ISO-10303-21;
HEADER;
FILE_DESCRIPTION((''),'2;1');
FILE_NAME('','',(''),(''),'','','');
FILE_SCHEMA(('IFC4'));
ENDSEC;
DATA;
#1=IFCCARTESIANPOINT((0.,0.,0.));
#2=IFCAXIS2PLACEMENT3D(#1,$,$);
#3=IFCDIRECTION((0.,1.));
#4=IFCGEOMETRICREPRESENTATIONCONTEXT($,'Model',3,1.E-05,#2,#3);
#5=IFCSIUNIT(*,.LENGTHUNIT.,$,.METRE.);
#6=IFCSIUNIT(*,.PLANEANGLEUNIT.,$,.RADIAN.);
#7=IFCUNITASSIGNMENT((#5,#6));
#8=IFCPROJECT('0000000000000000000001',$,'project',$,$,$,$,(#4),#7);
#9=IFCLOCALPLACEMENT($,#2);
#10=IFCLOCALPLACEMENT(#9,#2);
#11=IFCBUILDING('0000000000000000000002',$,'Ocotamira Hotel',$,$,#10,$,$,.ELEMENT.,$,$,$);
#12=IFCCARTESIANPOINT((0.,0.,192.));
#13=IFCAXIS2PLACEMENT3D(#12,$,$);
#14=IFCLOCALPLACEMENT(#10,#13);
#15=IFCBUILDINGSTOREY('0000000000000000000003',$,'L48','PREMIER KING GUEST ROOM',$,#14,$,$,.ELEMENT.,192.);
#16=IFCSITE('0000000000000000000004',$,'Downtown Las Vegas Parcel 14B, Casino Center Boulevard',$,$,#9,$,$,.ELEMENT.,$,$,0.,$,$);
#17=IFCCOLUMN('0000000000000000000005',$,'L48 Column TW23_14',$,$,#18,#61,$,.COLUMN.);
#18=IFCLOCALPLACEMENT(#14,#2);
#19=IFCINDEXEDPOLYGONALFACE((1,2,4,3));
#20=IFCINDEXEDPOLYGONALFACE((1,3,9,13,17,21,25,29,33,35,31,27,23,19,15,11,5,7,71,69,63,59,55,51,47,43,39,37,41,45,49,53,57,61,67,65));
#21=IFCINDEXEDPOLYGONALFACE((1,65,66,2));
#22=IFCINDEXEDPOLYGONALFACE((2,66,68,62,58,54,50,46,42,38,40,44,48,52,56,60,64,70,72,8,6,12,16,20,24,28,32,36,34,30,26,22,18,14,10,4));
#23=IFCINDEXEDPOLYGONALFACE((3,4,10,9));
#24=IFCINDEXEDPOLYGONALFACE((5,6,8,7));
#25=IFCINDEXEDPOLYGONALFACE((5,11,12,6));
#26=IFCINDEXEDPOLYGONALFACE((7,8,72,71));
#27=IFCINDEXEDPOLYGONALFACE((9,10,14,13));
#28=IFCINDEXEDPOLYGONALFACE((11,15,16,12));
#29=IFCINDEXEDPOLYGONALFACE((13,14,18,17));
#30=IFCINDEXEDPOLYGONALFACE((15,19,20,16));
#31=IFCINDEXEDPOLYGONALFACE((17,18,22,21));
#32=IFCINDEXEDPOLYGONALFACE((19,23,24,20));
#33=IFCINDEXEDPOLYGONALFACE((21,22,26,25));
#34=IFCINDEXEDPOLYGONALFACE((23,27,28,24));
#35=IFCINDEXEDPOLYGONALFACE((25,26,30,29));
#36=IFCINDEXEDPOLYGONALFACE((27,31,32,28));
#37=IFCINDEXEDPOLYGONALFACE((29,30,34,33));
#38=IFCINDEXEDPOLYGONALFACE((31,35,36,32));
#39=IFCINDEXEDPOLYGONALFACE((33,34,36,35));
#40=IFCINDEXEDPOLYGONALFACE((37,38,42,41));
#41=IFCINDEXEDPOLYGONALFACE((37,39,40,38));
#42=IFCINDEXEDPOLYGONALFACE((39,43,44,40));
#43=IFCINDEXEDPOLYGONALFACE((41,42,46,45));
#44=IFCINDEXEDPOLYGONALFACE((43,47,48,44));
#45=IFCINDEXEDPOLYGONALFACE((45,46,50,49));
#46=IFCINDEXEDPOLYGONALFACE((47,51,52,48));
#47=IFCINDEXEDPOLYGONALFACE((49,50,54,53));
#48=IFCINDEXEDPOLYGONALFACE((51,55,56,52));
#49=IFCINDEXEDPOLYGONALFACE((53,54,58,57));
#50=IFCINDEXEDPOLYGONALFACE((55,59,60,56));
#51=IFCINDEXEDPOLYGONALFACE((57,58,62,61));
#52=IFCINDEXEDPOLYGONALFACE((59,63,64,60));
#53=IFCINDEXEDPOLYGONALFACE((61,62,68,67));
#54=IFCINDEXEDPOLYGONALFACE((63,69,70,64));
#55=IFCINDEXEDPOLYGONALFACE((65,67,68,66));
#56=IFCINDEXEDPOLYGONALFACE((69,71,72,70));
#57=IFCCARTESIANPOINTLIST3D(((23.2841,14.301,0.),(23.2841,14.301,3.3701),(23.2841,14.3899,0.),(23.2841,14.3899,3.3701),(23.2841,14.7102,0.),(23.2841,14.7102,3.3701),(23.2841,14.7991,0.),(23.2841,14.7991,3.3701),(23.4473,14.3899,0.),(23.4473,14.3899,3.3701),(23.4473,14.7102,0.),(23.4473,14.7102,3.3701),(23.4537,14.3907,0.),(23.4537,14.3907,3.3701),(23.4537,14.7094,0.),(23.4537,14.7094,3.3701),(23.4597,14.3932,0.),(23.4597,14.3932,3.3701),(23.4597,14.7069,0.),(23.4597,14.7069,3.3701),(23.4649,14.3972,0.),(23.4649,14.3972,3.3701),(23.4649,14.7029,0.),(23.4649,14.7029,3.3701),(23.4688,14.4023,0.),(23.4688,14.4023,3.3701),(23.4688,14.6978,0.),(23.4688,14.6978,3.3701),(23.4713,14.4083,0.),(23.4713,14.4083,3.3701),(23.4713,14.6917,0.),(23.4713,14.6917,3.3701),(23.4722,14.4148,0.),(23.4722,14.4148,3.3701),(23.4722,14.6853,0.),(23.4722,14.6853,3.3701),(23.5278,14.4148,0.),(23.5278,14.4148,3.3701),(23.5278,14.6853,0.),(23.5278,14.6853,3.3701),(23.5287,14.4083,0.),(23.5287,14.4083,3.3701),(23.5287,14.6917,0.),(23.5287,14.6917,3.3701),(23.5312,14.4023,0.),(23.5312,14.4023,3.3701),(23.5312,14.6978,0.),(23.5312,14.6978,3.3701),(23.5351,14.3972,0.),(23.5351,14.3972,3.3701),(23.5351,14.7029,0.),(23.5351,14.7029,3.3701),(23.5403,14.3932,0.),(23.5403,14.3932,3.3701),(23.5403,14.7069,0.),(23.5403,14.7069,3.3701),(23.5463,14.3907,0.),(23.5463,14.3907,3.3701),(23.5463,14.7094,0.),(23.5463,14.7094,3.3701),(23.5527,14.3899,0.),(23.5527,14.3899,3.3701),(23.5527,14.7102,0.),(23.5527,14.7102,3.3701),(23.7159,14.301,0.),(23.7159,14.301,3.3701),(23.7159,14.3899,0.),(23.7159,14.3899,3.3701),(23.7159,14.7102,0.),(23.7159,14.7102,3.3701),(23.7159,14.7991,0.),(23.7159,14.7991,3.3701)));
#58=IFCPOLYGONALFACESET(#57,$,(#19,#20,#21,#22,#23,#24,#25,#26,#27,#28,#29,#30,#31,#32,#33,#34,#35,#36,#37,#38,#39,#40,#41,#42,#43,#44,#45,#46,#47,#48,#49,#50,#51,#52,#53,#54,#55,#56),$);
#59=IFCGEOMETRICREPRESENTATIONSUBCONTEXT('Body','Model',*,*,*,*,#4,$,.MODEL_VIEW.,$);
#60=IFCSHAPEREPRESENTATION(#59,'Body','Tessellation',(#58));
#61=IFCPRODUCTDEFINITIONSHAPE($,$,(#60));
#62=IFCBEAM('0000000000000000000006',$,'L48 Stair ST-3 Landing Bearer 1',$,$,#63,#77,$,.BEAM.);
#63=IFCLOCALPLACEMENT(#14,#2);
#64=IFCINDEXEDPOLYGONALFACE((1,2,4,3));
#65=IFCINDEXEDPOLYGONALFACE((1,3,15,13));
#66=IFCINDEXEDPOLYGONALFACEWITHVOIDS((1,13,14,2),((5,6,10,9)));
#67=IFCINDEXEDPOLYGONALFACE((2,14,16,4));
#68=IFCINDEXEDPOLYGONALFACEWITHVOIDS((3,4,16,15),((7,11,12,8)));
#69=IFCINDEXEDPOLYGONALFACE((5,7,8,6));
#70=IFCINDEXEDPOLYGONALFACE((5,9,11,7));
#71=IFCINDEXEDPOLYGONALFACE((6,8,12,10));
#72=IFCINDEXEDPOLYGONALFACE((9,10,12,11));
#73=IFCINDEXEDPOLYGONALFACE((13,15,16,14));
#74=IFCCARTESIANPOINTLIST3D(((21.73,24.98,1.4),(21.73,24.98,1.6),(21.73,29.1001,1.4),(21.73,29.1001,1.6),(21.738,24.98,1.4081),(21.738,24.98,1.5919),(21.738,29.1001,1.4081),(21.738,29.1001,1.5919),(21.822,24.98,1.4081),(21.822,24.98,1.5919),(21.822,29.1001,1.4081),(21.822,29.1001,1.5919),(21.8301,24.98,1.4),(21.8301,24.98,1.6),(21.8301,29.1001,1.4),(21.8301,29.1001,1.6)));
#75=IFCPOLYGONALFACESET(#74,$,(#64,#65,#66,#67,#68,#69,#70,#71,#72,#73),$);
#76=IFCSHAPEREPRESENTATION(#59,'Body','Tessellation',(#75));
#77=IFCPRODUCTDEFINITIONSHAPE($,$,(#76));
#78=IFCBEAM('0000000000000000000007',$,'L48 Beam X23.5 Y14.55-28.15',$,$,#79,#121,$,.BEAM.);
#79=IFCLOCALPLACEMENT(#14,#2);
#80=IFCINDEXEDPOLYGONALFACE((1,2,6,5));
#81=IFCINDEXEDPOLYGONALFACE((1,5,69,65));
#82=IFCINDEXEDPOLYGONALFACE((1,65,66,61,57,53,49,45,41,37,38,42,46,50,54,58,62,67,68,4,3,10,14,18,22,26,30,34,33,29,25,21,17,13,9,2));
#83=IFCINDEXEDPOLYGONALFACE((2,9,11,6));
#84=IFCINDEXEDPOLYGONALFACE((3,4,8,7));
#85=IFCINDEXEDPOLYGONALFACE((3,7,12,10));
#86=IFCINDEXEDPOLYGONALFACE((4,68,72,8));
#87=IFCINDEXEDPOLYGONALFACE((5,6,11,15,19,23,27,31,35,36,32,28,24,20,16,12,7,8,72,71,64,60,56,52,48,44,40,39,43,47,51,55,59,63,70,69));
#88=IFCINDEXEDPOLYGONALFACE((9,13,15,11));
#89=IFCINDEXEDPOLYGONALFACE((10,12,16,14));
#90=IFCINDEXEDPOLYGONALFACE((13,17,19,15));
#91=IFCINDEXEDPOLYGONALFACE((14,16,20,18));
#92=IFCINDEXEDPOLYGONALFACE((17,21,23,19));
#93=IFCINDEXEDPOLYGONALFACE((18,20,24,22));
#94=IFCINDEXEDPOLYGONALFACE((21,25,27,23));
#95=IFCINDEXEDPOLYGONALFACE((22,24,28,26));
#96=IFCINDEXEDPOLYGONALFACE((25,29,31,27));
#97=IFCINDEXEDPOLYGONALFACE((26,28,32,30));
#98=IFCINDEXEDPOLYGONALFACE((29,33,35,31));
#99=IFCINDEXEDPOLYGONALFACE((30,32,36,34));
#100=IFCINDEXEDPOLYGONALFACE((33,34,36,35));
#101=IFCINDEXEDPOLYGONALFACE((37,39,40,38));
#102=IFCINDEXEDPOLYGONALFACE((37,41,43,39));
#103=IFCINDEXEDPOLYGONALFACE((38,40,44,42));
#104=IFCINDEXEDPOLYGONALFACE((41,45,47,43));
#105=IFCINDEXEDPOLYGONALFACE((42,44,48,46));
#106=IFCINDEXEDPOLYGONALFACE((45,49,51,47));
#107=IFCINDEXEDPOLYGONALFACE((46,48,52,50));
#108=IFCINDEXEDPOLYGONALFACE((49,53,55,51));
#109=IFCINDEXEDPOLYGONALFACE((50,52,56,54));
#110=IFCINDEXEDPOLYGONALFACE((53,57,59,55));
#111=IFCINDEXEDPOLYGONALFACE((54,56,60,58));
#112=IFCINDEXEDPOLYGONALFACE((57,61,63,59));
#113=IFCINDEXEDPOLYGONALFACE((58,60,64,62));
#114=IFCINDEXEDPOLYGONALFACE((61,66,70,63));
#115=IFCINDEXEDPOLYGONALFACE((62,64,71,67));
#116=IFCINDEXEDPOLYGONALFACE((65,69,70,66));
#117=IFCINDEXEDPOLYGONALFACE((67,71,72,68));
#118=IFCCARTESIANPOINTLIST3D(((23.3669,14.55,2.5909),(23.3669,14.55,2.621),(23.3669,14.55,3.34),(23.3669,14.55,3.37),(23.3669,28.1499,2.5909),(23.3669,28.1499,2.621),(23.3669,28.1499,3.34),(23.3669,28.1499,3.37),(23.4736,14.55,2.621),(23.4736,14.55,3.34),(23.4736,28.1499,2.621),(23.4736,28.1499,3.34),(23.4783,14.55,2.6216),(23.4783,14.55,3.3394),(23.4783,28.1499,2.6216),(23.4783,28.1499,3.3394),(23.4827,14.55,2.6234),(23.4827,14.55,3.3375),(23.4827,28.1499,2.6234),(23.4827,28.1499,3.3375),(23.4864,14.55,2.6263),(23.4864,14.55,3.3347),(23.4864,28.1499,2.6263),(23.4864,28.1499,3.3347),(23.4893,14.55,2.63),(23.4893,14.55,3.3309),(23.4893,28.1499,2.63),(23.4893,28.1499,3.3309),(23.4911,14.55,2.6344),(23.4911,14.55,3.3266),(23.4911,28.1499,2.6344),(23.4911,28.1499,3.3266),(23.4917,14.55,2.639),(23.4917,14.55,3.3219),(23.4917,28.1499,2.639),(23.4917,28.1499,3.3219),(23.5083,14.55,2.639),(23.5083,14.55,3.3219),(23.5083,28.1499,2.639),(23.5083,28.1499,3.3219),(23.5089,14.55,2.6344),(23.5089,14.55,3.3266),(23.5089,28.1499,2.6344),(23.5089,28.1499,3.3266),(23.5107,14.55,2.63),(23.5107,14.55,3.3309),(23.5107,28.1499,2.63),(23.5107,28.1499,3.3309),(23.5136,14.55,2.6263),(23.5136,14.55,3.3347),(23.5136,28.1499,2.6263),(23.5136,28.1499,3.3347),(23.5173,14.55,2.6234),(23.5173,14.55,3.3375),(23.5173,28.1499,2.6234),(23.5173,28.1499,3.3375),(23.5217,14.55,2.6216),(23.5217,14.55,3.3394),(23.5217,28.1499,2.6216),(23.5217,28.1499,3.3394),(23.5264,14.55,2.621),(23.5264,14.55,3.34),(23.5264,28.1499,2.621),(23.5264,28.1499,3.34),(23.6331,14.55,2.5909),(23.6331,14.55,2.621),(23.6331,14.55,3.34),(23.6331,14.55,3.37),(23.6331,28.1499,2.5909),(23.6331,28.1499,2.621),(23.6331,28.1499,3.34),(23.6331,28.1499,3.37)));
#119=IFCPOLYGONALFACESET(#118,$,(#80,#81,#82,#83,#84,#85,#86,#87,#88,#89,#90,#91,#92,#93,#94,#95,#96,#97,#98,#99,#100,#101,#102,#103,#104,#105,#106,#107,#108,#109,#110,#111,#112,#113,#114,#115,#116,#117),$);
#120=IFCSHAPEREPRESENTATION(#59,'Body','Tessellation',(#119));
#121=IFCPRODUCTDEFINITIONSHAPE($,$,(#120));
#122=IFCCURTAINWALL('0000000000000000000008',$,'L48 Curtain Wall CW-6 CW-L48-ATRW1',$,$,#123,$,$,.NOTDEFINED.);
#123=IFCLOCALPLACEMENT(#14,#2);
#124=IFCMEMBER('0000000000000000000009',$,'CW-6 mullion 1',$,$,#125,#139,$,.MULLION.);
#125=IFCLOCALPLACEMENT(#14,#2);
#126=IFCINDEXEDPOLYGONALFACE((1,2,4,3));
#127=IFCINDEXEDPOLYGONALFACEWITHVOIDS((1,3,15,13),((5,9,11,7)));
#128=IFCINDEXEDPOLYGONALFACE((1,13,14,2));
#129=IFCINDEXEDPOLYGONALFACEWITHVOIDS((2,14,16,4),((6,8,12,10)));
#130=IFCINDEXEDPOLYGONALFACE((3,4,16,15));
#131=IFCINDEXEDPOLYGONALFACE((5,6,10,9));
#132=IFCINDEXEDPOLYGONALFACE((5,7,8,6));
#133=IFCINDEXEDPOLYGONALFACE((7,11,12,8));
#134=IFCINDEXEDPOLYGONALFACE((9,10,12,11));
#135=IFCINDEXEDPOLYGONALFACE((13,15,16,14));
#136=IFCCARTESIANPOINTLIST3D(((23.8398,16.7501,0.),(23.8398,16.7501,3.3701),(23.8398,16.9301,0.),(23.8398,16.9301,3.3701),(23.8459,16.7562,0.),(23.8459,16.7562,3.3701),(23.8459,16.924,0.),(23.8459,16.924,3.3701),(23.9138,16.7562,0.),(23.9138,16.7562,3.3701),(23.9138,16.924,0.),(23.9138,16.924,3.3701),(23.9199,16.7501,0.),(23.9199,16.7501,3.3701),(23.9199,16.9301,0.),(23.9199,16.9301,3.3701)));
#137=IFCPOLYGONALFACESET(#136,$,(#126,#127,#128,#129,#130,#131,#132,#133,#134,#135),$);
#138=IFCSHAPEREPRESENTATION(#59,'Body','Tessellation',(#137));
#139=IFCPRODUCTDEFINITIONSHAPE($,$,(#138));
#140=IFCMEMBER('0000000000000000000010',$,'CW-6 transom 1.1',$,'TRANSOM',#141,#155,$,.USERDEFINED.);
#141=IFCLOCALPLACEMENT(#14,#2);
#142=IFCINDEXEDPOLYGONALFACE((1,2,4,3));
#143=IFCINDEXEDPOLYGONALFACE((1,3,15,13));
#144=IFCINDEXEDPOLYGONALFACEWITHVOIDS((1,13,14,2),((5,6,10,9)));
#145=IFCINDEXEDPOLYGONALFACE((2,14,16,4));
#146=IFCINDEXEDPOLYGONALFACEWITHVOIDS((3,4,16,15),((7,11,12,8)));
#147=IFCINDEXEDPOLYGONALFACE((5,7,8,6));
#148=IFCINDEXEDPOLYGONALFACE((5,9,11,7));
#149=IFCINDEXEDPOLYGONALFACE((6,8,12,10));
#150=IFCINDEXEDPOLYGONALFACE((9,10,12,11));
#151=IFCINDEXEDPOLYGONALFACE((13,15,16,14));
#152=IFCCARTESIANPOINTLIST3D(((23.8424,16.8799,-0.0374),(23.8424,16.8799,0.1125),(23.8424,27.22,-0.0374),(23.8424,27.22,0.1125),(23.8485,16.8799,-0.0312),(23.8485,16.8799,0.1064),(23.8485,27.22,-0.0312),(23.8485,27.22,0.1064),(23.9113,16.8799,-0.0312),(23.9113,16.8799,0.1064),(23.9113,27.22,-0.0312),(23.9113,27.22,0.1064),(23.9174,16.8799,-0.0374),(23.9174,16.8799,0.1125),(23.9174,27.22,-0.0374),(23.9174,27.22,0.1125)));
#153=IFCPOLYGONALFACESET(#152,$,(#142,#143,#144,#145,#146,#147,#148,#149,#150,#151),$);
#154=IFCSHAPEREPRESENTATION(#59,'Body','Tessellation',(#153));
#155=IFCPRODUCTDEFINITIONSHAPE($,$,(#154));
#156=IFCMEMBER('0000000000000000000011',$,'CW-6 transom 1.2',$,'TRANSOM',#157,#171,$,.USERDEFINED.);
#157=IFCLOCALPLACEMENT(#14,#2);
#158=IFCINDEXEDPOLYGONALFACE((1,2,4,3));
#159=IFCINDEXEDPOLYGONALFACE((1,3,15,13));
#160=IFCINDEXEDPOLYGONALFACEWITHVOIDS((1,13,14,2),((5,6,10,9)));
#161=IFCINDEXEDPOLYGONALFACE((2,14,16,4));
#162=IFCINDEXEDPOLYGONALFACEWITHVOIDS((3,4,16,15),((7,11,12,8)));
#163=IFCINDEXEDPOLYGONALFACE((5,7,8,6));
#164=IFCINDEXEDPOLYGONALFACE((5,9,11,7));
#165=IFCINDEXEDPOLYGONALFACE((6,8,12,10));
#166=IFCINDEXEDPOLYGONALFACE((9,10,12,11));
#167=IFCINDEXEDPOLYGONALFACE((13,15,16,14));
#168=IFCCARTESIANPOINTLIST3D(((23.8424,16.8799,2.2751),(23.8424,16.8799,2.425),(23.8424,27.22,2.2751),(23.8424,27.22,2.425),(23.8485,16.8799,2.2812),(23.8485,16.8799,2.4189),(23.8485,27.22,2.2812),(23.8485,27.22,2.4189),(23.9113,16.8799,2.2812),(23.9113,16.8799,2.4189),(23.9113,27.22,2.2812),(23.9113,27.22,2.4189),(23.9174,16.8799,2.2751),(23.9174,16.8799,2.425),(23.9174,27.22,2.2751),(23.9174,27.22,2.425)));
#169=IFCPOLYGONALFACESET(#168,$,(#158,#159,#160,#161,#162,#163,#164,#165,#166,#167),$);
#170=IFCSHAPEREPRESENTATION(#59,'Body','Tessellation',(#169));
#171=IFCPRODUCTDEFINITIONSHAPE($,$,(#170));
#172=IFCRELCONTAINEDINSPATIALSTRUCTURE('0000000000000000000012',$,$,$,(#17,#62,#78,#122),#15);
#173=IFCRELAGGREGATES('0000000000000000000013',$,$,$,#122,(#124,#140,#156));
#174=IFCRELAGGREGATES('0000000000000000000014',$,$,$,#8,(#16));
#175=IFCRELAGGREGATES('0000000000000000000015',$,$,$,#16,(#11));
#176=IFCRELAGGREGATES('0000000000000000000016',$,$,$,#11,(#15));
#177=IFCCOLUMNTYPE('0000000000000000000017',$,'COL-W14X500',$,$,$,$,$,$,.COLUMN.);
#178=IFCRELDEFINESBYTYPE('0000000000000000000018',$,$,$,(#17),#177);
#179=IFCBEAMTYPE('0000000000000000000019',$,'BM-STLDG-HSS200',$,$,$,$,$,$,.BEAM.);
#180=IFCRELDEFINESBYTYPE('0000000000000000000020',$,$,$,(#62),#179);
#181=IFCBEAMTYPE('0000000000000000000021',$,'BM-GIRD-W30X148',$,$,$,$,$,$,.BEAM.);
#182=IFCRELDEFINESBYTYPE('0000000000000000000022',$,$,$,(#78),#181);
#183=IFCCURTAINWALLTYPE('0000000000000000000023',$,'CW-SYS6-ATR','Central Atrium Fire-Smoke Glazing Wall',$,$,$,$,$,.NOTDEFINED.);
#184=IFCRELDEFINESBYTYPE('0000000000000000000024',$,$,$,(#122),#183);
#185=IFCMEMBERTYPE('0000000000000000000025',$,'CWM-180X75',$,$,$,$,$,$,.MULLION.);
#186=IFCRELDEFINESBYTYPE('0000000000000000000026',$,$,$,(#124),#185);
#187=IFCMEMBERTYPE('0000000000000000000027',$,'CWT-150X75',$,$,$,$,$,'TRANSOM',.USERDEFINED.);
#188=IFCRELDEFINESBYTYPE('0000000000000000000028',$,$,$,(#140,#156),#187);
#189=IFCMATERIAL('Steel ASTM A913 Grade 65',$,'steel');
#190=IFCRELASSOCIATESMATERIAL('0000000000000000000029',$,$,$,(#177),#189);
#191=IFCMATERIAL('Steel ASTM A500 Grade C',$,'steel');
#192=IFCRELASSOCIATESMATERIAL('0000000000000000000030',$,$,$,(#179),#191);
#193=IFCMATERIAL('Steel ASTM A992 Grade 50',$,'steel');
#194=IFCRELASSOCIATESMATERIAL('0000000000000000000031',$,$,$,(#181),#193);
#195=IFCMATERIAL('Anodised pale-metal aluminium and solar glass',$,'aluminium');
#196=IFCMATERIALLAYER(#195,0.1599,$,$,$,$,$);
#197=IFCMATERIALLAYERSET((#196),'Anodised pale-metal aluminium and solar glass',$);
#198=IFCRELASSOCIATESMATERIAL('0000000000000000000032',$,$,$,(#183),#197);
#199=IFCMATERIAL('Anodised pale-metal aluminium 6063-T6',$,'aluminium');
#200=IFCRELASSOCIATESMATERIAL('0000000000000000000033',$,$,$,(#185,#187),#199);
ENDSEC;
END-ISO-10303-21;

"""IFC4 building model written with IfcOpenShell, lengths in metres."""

from ifc_helpers import new_model, si_unit, direction, frame, origin, origin_2d, place, context, subcontext, project, spatial, hollow_rectangle, i_section, extrude, source, transform, mapped, material, layer, layer_set, material_profile, profile_set, type_object, element, aggregate, save


model = new_model("IFC4")

# Units and contexts
model_context = context("Model", 3, precision=1e-05, world=origin(), true_north=direction((0.0, 1.0)))
body_context = subcontext(model_context, "Body", "Model", "MODEL_VIEW")
ifc_project = project(units=[si_unit("LENGTHUNIT", "METRE"), si_unit("PLANEANGLEUNIT", "RADIAN")], contexts=[model_context])

# Site, building, storey
site_placement = place(None, origin())
site = spatial("IfcSite", under=ifc_project, at=site_placement, Name="Downtown Las Vegas Parcel 14B, Casino Center Boulevard", CompositionType="ELEMENT", RefElevation=0.0)
building_placement = place(site_placement, origin())
building = spatial("IfcBuilding", under=site, at=building_placement, Name="Ocotamira Hotel", CompositionType="ELEMENT")
storey_placement = place(building_placement, frame((0.0, 0.0, 192.0)))
storey = spatial("IfcBuildingStorey", under=building, at=storey_placement, Name="L48", Description="PREMIER KING GUEST ROOM", CompositionType="ELEMENT", Elevation=192.0)

# Column
ifc_material_1 = material(Name="Steel ASTM A913 Grade 65", Category="steel")
ifc_material_profile_1 = material_profile(ifc_material_1, i_section(OverallWidth=0.4319, OverallDepth=0.498, WebThickness=0.0557, FlangeThickness=0.0889, FilletRadius=0.0249, at=origin_2d()), Name="W14X500")
ifc_profile_set_1 = profile_set([ifc_material_profile_1], Name="Steel ASTM A913 Grade 65")
column_type = type_object("IfcColumnType", Name="COL-W14X500", PredefinedType="COLUMN", material=ifc_profile_set_1)
shared_shape_1 = source(origin(), body_context, "Body", "SweptSolid", [
    extrude(i_section(OverallWidth=0.4319, OverallDepth=0.498, WebThickness=0.0557, FlangeThickness=0.0889, FilletRadius=0.0249, at=origin_2d()), origin(), (0.0, 0.0, 1.0), 3.3701),
])
column_placement = place(storey_placement, frame((23.5, 14.55, 0.0), z_axis=(0.0, 0.0, 1.0), x_axis=(1.0, 0.0, 0.0)))
element("IfcColumn", 1, at=column_placement, inside=storey, type_object=column_type, Name="L48 Column TW23_14", PredefinedType="COLUMN", context=body_context, shape_type="MappedRepresentation", body=[
    mapped(shared_shape_1, transform((0.0, 0.0, 0.0), scale=1.0)),
])

# Beams
ifc_material_2 = material(Name="Steel ASTM A500 Grade C", Category="steel")
ifc_material_profile_2 = material_profile(ifc_material_2, hollow_rectangle(XDim=0.1001, YDim=0.2, WallThickness=0.0081, at=origin_2d()), Name="HSS200X100X8")
ifc_profile_set_2 = profile_set([ifc_material_profile_2], Name="Steel ASTM A500 Grade C")
beam_type_1 = type_object("IfcBeamType", Name="BM-STLDG-HSS200", PredefinedType="BEAM", material=ifc_profile_set_2)
shared_shape_2 = source(origin(), body_context, "Body", "SweptSolid", [
    extrude(hollow_rectangle(XDim=0.1001, YDim=0.2, WallThickness=0.0081, at=origin_2d()), origin(), (0.0, 0.0, 1.0), 4.1201),
])
beam_1_placement = place(storey_placement, frame((21.78, 24.98, 1.5), z_axis=(0.0, 1.0, 0.0), x_axis=(-1.0, 0.0, 0.0)))
element("IfcBeam", 2, at=beam_1_placement, inside=storey, type_object=beam_type_1, Name="L48 Stair ST-3 Landing Bearer 1", PredefinedType="BEAM", context=body_context, shape_type="MappedRepresentation", body=[
    mapped(shared_shape_2, transform((0.0, 0.0, 0.0), scale=1.0)),
])
ifc_material_3 = material(Name="Steel ASTM A992 Grade 50", Category="steel")
ifc_material_profile_3 = material_profile(ifc_material_3, i_section(OverallWidth=0.2661, OverallDepth=0.7791, WebThickness=0.0166, FlangeThickness=0.03, FilletRadius=0.0181, at=origin_2d()), Name="W30X148")
ifc_profile_set_3 = profile_set([ifc_material_profile_3], Name="Steel ASTM A992 Grade 50")
beam_type_2 = type_object("IfcBeamType", Name="BM-GIRD-W30X148", PredefinedType="BEAM", material=ifc_profile_set_3)
shared_shape_3 = source(origin(), body_context, "Body", "SweptSolid", [
    extrude(i_section(OverallWidth=0.2661, OverallDepth=0.7791, WebThickness=0.0166, FlangeThickness=0.03, FilletRadius=0.0181, at=origin_2d()), origin(), (0.0, 0.0, 1.0), 13.5999),
])
beam_2_placement = place(storey_placement, frame((23.5, 14.55, 2.9805), z_axis=(0.0, 1.0, 0.0), x_axis=(-1.0, 0.0, 0.0)))
element("IfcBeam", 3, at=beam_2_placement, inside=storey, type_object=beam_type_2, Name="L48 Beam X23.5 Y14.55-28.15", PredefinedType="BEAM", context=body_context, shape_type="MappedRepresentation", body=[
    mapped(shared_shape_3, transform((0.0, 0.0, 0.0), scale=1.0)),
])

# Curtain wall, members
ifc_material_4 = material(Name="Anodised pale-metal aluminium and solar glass", Category="aluminium")
ifc_layer_1 = layer(ifc_material_4, 0.1599)
ifc_layer_set_1 = layer_set([ifc_layer_1], Name="Anodised pale-metal aluminium and solar glass")
curtain_wall_type = type_object("IfcCurtainWallType", Name="CW-SYS6-ATR", Description="Central Atrium Fire-Smoke Glazing Wall", PredefinedType="NOTDEFINED", material=ifc_layer_set_1)
curtain_wall_placement = place(storey_placement, origin())
curtain_wall = element("IfcCurtainWall", 4, at=curtain_wall_placement, inside=storey, type_object=curtain_wall_type, Name="L48 Curtain Wall CW-6 CW-L48-ATRW1", PredefinedType="NOTDEFINED")
ifc_material_5 = material(Name="Anodised pale-metal aluminium 6063-T6", Category="aluminium")
ifc_material_profile_4 = material_profile(ifc_material_5, hollow_rectangle(XDim=0.0801, YDim=0.1799, WallThickness=0.0061, at=origin_2d()), Name="HSS180X80X6")
ifc_profile_set_4 = profile_set([ifc_material_profile_4], Name="Anodised pale-metal aluminium 6063-T6")
member_type_1 = type_object("IfcMemberType", Name="CWM-180X75", PredefinedType="MULLION", material=ifc_profile_set_4)
shared_shape_4 = source(origin(), body_context, "Body", "SweptSolid", [
    extrude(hollow_rectangle(XDim=0.0801, YDim=0.1799, WallThickness=0.0061, at=origin_2d()), origin(), (0.0, 0.0, 1.0), 3.3701),
])
member_1_placement = place(storey_placement, frame((23.8799, 16.8401, 0.0), z_axis=(0.0, 0.0, 1.0), x_axis=(-1.0, 0.0, 0.0)))
member_1 = element("IfcMember", 5, at=member_1_placement, type_object=member_type_1, Name="CW-6 mullion 1", PredefinedType="MULLION", context=body_context, shape_type="MappedRepresentation", body=[
    mapped(shared_shape_4, transform((0.0, 0.0, 0.0), scale=1.0)),
])
ifc_material_profile_5 = material_profile(ifc_material_5, hollow_rectangle(XDim=0.075, YDim=0.1499, WallThickness=0.0061, at=origin_2d()), Name="HSS150X75X6")
ifc_profile_set_5 = profile_set([ifc_material_profile_5], Name="Anodised pale-metal aluminium 6063-T6")
member_type_2 = type_object("IfcMemberType", Name="CWT-150X75", ElementType="TRANSOM", PredefinedType="USERDEFINED", material=ifc_profile_set_5)
shared_shape_5 = source(origin(), body_context, "Body", "SweptSolid", [
    extrude(hollow_rectangle(XDim=0.075, YDim=0.1499, WallThickness=0.0061, at=origin_2d()), origin(), (0.0, 0.0, 1.0), 10.3401),
])
member_2_placement = place(storey_placement, frame((23.8799, 16.8799, 0.0376), z_axis=(0.0, 1.0, 0.0), x_axis=(-1.0, 0.0, 0.0)))
member_2 = element("IfcMember", 6, at=member_2_placement, type_object=member_type_2, Name="CW-6 transom 1.1", ObjectType="TRANSOM", PredefinedType="USERDEFINED", context=body_context, shape_type="MappedRepresentation", body=[
    mapped(shared_shape_5, transform((0.0, 0.0, 0.0), scale=1.0)),
])
member_3_placement = place(storey_placement, frame((23.8799, 16.8799, 2.3501), z_axis=(0.0, 1.0, 0.0), x_axis=(-1.0, 0.0, 0.0)))
member_3 = element("IfcMember", 7, at=member_3_placement, type_object=member_type_2, Name="CW-6 transom 1.2", ObjectType="TRANSOM", PredefinedType="USERDEFINED", context=body_context, shape_type="MappedRepresentation", body=[
    mapped(shared_shape_5, transform((0.0, 0.0, 0.0), scale=1.0)),
])
aggregate(curtain_wall, [member_1, member_2, member_3])

save(model, "model.ifc")
